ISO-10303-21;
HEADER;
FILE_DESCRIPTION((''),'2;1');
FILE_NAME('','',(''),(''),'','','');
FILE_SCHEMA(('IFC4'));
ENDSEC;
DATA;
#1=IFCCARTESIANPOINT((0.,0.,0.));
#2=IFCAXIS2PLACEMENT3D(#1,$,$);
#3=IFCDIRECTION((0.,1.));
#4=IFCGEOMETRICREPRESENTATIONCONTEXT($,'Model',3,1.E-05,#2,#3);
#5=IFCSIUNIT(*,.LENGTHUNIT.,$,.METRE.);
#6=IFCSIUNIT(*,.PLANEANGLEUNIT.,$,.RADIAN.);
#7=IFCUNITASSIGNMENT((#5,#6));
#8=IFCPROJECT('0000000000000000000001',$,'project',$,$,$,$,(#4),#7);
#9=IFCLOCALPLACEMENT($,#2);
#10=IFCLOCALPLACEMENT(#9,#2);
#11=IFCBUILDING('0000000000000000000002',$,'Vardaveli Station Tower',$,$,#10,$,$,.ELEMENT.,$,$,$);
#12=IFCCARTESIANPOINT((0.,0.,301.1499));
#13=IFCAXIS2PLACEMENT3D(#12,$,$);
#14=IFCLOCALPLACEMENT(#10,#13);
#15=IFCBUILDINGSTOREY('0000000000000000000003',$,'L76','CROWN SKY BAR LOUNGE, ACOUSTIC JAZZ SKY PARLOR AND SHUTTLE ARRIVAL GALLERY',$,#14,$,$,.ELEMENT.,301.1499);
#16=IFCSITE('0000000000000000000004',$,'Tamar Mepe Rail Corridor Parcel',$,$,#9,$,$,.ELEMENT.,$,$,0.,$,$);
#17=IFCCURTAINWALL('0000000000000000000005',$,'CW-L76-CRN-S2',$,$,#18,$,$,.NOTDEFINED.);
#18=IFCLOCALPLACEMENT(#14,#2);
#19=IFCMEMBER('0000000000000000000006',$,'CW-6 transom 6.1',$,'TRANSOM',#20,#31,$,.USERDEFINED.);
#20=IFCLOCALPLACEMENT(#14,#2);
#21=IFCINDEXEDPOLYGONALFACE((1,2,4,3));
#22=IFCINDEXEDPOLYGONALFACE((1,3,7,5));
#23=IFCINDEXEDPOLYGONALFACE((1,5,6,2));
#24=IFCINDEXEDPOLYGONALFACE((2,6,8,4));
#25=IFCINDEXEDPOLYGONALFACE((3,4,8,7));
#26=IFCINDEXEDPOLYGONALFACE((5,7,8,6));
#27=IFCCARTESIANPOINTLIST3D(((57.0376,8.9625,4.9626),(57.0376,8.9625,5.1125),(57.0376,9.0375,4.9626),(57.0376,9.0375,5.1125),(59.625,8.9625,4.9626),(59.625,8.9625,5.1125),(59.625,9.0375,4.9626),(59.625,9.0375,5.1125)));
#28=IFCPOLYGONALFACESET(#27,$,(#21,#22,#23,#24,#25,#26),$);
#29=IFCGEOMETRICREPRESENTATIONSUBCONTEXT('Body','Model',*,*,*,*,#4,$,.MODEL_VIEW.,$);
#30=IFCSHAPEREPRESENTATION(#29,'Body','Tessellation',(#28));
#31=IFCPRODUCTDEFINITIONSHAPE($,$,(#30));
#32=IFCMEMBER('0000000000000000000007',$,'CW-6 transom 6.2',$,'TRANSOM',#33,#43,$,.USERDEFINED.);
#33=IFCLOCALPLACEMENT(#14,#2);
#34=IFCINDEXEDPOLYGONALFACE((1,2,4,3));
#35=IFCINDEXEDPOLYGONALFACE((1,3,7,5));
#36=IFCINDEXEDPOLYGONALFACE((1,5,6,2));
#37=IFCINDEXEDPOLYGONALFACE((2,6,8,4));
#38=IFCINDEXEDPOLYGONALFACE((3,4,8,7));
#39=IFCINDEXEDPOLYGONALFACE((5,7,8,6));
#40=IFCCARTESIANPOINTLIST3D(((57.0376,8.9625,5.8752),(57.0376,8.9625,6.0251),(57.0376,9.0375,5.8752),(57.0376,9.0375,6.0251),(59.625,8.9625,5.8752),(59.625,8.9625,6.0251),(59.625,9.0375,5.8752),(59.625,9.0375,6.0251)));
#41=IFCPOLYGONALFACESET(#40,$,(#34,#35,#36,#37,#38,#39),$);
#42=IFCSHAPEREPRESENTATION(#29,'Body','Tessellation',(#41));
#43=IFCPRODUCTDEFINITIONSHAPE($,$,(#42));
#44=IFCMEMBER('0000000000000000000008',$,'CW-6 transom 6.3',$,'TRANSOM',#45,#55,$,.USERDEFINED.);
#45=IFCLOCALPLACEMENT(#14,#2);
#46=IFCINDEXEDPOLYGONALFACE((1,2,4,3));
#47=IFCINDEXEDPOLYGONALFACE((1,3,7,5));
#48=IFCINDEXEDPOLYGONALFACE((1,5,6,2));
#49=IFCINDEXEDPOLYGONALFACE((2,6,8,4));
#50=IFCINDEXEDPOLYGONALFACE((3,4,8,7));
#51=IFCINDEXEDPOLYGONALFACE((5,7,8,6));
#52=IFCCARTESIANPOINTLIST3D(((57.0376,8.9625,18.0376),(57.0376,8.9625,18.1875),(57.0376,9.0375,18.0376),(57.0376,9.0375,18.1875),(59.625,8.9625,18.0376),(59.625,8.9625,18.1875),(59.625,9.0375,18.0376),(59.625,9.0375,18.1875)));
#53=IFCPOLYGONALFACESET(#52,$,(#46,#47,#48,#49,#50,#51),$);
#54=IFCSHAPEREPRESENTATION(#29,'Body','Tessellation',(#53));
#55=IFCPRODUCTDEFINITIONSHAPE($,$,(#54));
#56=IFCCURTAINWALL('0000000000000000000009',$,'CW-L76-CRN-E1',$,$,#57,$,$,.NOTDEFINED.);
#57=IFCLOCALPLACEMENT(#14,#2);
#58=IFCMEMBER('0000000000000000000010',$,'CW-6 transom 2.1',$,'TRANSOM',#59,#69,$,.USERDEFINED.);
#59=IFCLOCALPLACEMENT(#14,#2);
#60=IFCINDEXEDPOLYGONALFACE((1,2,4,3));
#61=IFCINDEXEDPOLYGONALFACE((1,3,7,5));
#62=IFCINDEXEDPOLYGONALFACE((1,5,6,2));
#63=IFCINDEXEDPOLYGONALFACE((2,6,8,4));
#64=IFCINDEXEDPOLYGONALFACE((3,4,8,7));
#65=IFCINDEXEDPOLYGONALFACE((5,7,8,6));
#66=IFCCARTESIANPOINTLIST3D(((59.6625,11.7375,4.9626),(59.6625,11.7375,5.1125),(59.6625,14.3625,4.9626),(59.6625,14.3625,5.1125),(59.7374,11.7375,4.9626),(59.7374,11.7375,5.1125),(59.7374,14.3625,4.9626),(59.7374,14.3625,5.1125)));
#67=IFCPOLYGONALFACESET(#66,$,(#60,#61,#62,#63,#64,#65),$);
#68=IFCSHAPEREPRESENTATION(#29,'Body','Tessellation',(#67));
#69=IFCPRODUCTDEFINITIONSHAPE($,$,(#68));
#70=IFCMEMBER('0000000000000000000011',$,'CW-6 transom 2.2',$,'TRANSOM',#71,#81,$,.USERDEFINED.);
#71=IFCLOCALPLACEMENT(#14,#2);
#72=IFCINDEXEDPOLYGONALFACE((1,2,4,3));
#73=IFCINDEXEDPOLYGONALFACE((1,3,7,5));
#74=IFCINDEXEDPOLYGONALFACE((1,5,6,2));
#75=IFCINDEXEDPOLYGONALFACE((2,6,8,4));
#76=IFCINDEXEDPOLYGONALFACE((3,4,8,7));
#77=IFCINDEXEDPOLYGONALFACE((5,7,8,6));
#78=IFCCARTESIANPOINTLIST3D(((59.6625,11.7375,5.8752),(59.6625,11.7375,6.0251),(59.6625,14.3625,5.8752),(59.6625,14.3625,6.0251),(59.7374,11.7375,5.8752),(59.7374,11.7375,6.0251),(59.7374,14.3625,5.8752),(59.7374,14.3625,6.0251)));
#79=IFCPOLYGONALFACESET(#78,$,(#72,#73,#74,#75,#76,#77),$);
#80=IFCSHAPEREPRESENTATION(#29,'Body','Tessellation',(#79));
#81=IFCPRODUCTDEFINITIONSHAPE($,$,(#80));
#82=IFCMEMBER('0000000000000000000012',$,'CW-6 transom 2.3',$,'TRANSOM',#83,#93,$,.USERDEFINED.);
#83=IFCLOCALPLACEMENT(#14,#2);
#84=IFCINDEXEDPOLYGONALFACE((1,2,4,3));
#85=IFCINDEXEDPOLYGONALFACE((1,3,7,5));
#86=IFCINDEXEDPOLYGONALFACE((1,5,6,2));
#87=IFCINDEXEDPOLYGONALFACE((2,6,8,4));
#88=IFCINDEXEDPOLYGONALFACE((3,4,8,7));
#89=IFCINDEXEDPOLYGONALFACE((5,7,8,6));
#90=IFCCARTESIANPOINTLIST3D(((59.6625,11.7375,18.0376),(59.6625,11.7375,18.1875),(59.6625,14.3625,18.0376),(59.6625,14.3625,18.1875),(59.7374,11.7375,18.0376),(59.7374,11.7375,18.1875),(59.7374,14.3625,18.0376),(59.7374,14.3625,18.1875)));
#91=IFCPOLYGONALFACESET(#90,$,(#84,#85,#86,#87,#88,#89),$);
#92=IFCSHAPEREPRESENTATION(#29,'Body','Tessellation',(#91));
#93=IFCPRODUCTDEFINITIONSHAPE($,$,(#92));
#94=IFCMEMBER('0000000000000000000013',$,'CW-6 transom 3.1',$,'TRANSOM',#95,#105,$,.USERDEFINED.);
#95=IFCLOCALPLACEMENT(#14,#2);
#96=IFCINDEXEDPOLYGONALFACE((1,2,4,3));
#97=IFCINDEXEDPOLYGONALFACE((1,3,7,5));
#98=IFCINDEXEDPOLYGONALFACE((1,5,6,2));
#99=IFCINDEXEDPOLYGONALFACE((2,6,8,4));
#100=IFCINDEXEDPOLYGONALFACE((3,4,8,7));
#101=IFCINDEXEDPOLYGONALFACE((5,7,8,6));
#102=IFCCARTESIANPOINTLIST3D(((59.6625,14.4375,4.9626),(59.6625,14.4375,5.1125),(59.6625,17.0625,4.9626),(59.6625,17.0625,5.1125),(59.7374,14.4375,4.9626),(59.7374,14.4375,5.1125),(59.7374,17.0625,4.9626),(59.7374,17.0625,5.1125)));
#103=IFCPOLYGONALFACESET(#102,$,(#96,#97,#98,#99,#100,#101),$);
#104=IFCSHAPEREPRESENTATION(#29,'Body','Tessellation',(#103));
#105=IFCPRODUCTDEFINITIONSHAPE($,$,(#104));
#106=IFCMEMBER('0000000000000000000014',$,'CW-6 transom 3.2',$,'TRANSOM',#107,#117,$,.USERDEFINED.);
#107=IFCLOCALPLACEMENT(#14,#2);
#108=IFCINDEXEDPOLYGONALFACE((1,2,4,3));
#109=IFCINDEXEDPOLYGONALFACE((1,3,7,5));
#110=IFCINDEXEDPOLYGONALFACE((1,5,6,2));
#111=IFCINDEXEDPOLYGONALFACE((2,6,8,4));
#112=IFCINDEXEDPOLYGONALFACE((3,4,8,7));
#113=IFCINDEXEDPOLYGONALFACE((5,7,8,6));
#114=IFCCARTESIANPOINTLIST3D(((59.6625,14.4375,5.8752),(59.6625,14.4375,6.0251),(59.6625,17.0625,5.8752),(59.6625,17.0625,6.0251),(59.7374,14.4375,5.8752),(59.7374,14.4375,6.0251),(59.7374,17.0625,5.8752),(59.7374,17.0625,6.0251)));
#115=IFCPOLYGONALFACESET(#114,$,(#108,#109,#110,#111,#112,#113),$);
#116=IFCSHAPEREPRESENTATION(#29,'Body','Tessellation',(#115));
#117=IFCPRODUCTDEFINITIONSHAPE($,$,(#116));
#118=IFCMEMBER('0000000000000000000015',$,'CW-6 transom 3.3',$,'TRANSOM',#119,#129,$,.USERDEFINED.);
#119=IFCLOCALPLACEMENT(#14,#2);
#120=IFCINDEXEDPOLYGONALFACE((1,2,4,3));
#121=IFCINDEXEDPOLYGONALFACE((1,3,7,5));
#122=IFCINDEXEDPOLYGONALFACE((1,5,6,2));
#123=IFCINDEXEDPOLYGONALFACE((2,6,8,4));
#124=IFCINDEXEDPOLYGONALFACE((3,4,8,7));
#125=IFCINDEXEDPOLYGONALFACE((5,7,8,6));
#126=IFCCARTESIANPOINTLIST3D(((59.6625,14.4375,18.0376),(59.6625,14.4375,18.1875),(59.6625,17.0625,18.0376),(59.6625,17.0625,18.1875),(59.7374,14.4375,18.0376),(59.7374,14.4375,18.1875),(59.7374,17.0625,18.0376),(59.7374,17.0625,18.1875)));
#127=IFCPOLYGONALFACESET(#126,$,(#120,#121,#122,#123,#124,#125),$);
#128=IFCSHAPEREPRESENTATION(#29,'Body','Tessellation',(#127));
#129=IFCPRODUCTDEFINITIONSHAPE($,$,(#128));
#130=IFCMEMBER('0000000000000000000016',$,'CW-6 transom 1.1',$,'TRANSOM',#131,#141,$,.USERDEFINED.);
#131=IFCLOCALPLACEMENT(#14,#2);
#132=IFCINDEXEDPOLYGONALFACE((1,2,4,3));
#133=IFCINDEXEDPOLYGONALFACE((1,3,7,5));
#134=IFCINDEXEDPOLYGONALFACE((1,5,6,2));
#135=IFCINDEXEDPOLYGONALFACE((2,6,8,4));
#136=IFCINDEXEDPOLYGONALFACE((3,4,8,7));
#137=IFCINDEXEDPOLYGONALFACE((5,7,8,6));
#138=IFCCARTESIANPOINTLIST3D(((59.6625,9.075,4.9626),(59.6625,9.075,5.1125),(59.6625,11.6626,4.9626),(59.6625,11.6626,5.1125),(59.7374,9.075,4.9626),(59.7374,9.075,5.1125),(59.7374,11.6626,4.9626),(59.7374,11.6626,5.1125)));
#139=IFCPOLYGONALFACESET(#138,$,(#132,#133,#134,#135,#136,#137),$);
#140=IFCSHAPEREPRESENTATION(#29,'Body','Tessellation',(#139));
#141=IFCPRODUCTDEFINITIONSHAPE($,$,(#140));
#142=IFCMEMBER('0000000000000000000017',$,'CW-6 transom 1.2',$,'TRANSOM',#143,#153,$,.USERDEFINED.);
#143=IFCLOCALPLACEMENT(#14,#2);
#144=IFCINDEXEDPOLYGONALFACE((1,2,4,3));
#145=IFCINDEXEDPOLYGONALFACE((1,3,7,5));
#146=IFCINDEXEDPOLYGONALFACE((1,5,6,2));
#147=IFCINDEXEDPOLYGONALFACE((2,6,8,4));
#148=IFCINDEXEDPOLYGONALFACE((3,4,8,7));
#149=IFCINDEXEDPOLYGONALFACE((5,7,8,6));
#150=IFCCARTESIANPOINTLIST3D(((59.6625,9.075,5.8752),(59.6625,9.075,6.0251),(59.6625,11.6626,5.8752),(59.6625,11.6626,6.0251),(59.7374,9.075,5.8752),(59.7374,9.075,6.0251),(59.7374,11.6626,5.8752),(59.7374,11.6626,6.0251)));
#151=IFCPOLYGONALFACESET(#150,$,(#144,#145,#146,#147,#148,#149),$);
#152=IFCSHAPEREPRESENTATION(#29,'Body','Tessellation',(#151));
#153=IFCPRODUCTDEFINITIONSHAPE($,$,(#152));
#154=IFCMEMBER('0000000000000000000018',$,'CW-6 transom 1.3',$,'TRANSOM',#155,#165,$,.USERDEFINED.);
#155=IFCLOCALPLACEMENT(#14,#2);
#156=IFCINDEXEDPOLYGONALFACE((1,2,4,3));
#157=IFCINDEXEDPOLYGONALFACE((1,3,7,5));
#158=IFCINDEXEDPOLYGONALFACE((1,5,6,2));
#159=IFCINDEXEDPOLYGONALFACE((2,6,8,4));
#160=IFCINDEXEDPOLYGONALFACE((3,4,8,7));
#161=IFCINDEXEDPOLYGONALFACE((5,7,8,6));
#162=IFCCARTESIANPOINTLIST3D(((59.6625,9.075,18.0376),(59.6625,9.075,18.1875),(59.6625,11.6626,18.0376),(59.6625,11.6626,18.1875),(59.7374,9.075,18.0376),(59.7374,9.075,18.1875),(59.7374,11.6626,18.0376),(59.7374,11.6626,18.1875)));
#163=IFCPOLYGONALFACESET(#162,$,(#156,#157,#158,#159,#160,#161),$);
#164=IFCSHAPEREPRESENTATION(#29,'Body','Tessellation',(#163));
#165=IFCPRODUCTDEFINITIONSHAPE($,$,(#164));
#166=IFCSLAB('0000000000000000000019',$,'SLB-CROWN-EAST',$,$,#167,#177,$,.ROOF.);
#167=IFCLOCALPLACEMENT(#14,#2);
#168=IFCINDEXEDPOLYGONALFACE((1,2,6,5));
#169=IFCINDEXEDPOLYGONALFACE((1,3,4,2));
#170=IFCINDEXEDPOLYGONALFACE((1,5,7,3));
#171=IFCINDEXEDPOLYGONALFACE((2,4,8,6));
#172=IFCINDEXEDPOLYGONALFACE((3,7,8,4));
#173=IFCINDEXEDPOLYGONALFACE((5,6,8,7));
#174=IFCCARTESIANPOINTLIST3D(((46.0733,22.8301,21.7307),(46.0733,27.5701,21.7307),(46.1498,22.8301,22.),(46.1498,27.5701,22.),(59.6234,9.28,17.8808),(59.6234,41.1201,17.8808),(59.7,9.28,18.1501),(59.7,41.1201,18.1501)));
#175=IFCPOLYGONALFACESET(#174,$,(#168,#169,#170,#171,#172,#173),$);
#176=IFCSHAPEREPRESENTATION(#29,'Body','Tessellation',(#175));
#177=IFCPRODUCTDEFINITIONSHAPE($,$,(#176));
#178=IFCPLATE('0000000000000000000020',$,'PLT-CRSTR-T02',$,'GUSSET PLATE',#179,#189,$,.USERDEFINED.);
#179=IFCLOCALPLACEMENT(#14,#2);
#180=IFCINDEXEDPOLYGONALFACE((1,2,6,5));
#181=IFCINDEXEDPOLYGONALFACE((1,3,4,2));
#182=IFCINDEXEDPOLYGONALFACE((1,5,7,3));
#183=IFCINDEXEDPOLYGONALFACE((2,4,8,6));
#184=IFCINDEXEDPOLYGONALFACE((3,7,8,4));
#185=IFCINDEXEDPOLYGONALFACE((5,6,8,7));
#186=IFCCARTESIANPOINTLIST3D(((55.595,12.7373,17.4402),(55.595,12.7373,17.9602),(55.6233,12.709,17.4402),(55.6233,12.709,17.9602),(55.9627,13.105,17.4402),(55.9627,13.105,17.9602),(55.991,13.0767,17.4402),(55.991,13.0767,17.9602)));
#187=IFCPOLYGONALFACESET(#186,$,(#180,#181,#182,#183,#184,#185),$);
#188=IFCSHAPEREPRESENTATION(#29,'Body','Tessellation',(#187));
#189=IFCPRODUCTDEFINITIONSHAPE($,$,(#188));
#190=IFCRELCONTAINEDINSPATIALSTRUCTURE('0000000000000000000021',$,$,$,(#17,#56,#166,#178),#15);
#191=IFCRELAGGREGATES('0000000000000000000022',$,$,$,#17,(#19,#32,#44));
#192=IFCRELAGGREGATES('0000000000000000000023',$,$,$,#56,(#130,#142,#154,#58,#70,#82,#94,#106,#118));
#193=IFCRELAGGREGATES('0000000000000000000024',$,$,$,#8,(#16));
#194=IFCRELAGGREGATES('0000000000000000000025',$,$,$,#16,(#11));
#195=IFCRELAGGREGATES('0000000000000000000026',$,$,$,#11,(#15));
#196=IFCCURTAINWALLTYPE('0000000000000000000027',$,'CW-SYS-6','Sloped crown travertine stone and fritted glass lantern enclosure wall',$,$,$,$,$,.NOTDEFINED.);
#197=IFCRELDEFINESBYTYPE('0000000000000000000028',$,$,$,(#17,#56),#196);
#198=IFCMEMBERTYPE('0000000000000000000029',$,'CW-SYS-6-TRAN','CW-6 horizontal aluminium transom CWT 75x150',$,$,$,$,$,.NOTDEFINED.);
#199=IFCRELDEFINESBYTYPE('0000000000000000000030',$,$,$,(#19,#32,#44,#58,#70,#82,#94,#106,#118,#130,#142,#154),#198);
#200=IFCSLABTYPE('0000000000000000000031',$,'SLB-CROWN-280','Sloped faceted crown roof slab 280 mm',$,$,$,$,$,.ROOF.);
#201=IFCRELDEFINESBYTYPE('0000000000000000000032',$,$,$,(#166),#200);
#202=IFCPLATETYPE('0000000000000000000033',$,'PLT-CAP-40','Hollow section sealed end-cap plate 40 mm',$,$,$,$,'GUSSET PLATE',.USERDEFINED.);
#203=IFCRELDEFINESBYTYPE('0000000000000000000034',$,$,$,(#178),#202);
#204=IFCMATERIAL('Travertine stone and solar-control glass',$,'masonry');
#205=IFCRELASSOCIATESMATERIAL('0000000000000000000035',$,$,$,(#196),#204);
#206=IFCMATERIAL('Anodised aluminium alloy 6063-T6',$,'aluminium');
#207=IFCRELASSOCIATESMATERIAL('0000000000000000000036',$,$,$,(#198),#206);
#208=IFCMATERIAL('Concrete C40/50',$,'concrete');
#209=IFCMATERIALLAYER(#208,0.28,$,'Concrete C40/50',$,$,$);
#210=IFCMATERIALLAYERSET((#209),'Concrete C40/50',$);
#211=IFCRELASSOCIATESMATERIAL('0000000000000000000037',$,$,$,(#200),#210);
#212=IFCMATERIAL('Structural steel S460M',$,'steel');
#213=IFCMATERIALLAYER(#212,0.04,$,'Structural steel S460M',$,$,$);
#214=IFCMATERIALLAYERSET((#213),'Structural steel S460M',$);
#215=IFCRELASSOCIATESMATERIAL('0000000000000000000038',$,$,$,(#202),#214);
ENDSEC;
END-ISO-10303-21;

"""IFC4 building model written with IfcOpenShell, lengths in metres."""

from ifc_helpers import new_model, si_unit, direction, frame, origin, origin_2d, place, context, subcontext, project, spatial, polyline, rectangle, outline, extrude, source, transform, mapped, material, layer, layer_set, material_profile, profile_set, type_object, element, aggregate, save


model = new_model("IFC4")

# Units and contexts
model_context = context("Model", 3, precision=1e-05, world=origin(), true_north=direction((0.0, 1.0)))
body_context = subcontext(model_context, "Body", "Model", "MODEL_VIEW")
ifc_project = project(units=[si_unit("LENGTHUNIT", "METRE"), si_unit("PLANEANGLEUNIT", "RADIAN")], contexts=[model_context])

# Site, building, storey
site_placement = place(None, origin())
site = spatial("IfcSite", under=ifc_project, at=site_placement, Name="Tamar Mepe Rail Corridor Parcel", CompositionType="ELEMENT", RefElevation=0.0)
building_placement = place(site_placement, origin())
building = spatial("IfcBuilding", under=site, at=building_placement, Name="Vardaveli Station Tower", CompositionType="ELEMENT")
storey_placement = place(building_placement, frame((0.0, 0.0, 301.1499)))
storey = spatial("IfcBuildingStorey", under=building, at=storey_placement, Name="L76", Description="CROWN SKY BAR LOUNGE, ACOUSTIC JAZZ SKY PARLOR AND SHUTTLE ARRIVAL GALLERY", CompositionType="ELEMENT", Elevation=301.1499)

# Curtain walls, members
ifc_material_1 = material(Name="Travertine stone and solar-control glass", Category="masonry")
curtain_wall_type = type_object("IfcCurtainWallType", Name="CW-SYS-6", Description="Sloped crown travertine stone and fritted glass lantern enclosure wall", PredefinedType="NOTDEFINED", material=ifc_material_1)
curtain_wall_1_placement = place(storey_placement, origin())
curtain_wall_1 = element("IfcCurtainWall", 1, at=curtain_wall_1_placement, inside=storey, type_object=curtain_wall_type, Name="CW-L76-CRN-S2", PredefinedType="NOTDEFINED")
ifc_material_2 = material(Name="Anodised aluminium alloy 6063-T6", Category="aluminium")
ifc_material_profile = material_profile(ifc_material_2, rectangle(XDim=0.075, YDim=0.1499, at=origin_2d()), Name="CWT 75x150")
ifc_profile_set = profile_set([ifc_material_profile], Name="Anodised aluminium alloy 6063-T6")
member_type = type_object("IfcMemberType", Name="CW-SYS-6-TRAN", Description="CW-6 horizontal aluminium transom CWT 75x150", PredefinedType="NOTDEFINED", material=ifc_profile_set)
shared_shape_1 = source(origin(), body_context, "Body", "SweptSolid", [
    extrude(rectangle(XDim=0.075, YDim=0.1499, at=origin_2d()), origin(), (0.0, 0.0, 1.0), 2.5874),
])
member_1_placement = place(storey_placement, frame((57.0376, 9.0, 5.0376), z_axis=(1.0, 0.0, 0.0), x_axis=(0.0, 1.0, 0.0)))
member_1 = element("IfcMember", 2, at=member_1_placement, type_object=member_type, Name="CW-6 transom 6.1", ObjectType="TRANSOM", PredefinedType="USERDEFINED", context=body_context, shape_type="MappedRepresentation", body=[
    mapped(shared_shape_1, transform((0.0, 0.0, 0.0), scale=1.0)),
])
member_2_placement = place(storey_placement, frame((57.0376, 9.0, 5.9502), z_axis=(1.0, 0.0, 0.0), x_axis=(0.0, 1.0, 0.0)))
member_2 = element("IfcMember", 3, at=member_2_placement, type_object=member_type, Name="CW-6 transom 6.2", ObjectType="TRANSOM", PredefinedType="USERDEFINED", context=body_context, shape_type="MappedRepresentation", body=[
    mapped(shared_shape_1, transform((0.0, 0.0, 0.0), scale=1.0)),
])
member_3_placement = place(storey_placement, frame((57.0376, 9.0, 18.1125), z_axis=(1.0, 0.0, 0.0), x_axis=(0.0, 1.0, 0.0)))
member_3 = element("IfcMember", 4, at=member_3_placement, type_object=member_type, Name="CW-6 transom 6.3", ObjectType="TRANSOM", PredefinedType="USERDEFINED", context=body_context, shape_type="MappedRepresentation", body=[
    mapped(shared_shape_1, transform((0.0, 0.0, 0.0), scale=1.0)),
])
curtain_wall_2_placement = place(storey_placement, origin())
curtain_wall_2 = element("IfcCurtainWall", 5, at=curtain_wall_2_placement, inside=storey, type_object=curtain_wall_type, Name="CW-L76-CRN-E1", PredefinedType="NOTDEFINED")
shared_shape_2 = source(origin(), body_context, "Body", "SweptSolid", [
    extrude(rectangle(XDim=0.075, YDim=0.1499, at=origin_2d()), origin(), (0.0, 0.0, 1.0), 2.625),
])
member_4_placement = place(storey_placement, frame((59.7, 11.7375, 5.0376), z_axis=(0.0, 1.0, 0.0), x_axis=(-1.0, 0.0, 0.0)))
member_4 = element("IfcMember", 6, at=member_4_placement, type_object=member_type, Name="CW-6 transom 2.1", ObjectType="TRANSOM", PredefinedType="USERDEFINED", context=body_context, shape_type="MappedRepresentation", body=[
    mapped(shared_shape_2, transform((0.0, 0.0, 0.0), scale=1.0)),
])
member_5_placement = place(storey_placement, frame((59.7, 11.7375, 5.9502), z_axis=(0.0, 1.0, 0.0), x_axis=(-1.0, 0.0, 0.0)))
member_5 = element("IfcMember", 7, at=member_5_placement, type_object=member_type, Name="CW-6 transom 2.2", ObjectType="TRANSOM", PredefinedType="USERDEFINED", context=body_context, shape_type="MappedRepresentation", body=[
    mapped(shared_shape_2, transform((0.0, 0.0, 0.0), scale=1.0)),
])
member_6_placement = place(storey_placement, frame((59.7, 11.7375, 18.1125), z_axis=(0.0, 1.0, 0.0), x_axis=(-1.0, 0.0, 0.0)))
member_6 = element("IfcMember", 8, at=member_6_placement, type_object=member_type, Name="CW-6 transom 2.3", ObjectType="TRANSOM", PredefinedType="USERDEFINED", context=body_context, shape_type="MappedRepresentation", body=[
    mapped(shared_shape_2, transform((0.0, 0.0, 0.0), scale=1.0)),
])
member_7_placement = place(storey_placement, frame((59.7, 14.4375, 5.0376), z_axis=(0.0, 1.0, 0.0), x_axis=(-1.0, 0.0, 0.0)))
member_7 = element("IfcMember", 9, at=member_7_placement, type_object=member_type, Name="CW-6 transom 3.1", ObjectType="TRANSOM", PredefinedType="USERDEFINED", context=body_context, shape_type="MappedRepresentation", body=[
    mapped(shared_shape_2, transform((0.0, 0.0, 0.0), scale=1.0)),
])
member_8_placement = place(storey_placement, frame((59.7, 14.4375, 5.9502), z_axis=(0.0, 1.0, 0.0), x_axis=(-1.0, 0.0, 0.0)))
member_8 = element("IfcMember", 10, at=member_8_placement, type_object=member_type, Name="CW-6 transom 3.2", ObjectType="TRANSOM", PredefinedType="USERDEFINED", context=body_context, shape_type="MappedRepresentation", body=[
    mapped(shared_shape_2, transform((0.0, 0.0, 0.0), scale=1.0)),
])
member_9_placement = place(storey_placement, frame((59.7, 14.4375, 18.1125), z_axis=(0.0, 1.0, 0.0), x_axis=(-1.0, 0.0, 0.0)))
member_9 = element("IfcMember", 11, at=member_9_placement, type_object=member_type, Name="CW-6 transom 3.3", ObjectType="TRANSOM", PredefinedType="USERDEFINED", context=body_context, shape_type="MappedRepresentation", body=[
    mapped(shared_shape_2, transform((0.0, 0.0, 0.0), scale=1.0)),
])
shared_shape_3 = source(origin(), body_context, "Body", "SweptSolid", [
    extrude(rectangle(XDim=0.075, YDim=0.1499, at=origin_2d()), origin(), (0.0, 0.0, 1.0), 2.5876),
])
member_10_placement = place(storey_placement, frame((59.7, 9.075, 5.0376), z_axis=(0.0, 1.0, 0.0), x_axis=(-1.0, 0.0, 0.0)))
member_10 = element("IfcMember", 12, at=member_10_placement, type_object=member_type, Name="CW-6 transom 1.1", ObjectType="TRANSOM", PredefinedType="USERDEFINED", context=body_context, shape_type="MappedRepresentation", body=[
    mapped(shared_shape_3, transform((0.0, 0.0, 0.0), scale=1.0)),
])
member_11_placement = place(storey_placement, frame((59.7, 9.075, 5.9502), z_axis=(0.0, 1.0, 0.0), x_axis=(-1.0, 0.0, 0.0)))
member_11 = element("IfcMember", 13, at=member_11_placement, type_object=member_type, Name="CW-6 transom 1.2", ObjectType="TRANSOM", PredefinedType="USERDEFINED", context=body_context, shape_type="MappedRepresentation", body=[
    mapped(shared_shape_3, transform((0.0, 0.0, 0.0), scale=1.0)),
])
member_12_placement = place(storey_placement, frame((59.7, 9.075, 18.1125), z_axis=(0.0, 1.0, 0.0), x_axis=(-1.0, 0.0, 0.0)))
member_12 = element("IfcMember", 14, at=member_12_placement, type_object=member_type, Name="CW-6 transom 1.3", ObjectType="TRANSOM", PredefinedType="USERDEFINED", context=body_context, shape_type="MappedRepresentation", body=[
    mapped(shared_shape_3, transform((0.0, 0.0, 0.0), scale=1.0)),
])

# Slab
ifc_material_3 = material(Name="Concrete C40/50", Category="concrete")
ifc_layer_1 = layer(ifc_material_3, 0.28, Name="Concrete C40/50")
ifc_layer_set_1 = layer_set([ifc_layer_1], Name="Concrete C40/50")
slab_type = type_object("IfcSlabType", Name="SLB-CROWN-280", Description="Sloped faceted crown roof slab 280 mm", PredefinedType="ROOF", material=ifc_layer_set_1)
slab_placement = place(storey_placement, frame((59.7, 9.28, 18.1501), z_axis=(0.273304, 0.0, 0.961928), x_axis=(0.0, 1.0, 0.0)))
element("IfcSlab", 15, at=slab_placement, inside=storey, type_object=slab_type, Name="SLB-CROWN-EAST", PredefinedType="ROOF", context=body_context, shape_type="SweptSolid", body=[
    extrude(outline(polyline([(0.0, 0.0), (31.8401, 0.0), (18.29, 14.0864), (13.55, 14.0864), (0.0, 0.0)])), origin(), (0.0, 0.0, -1.0), 0.28),
])

# Plate
ifc_material_4 = material(Name="Structural steel S460M", Category="steel")
ifc_layer_2 = layer(ifc_material_4, 0.04, Name="Structural steel S460M")
ifc_layer_set_2 = layer_set([ifc_layer_2], Name="Structural steel S460M")
plate_type_1 = type_object("IfcPlateType", Name="PLT-CAP-40", Description="Hollow section sealed end-cap plate 40 mm", ElementType="GUSSET PLATE", PredefinedType="USERDEFINED", material=ifc_layer_set_2)
shared_shape_4 = source(origin(), body_context, "Body", "SweptSolid", [
    extrude(rectangle(XDim=0.52, YDim=0.04, at=origin_2d()), origin(), (0.0, 0.0, 1.0), 0.52),
])
plate_1_placement = place(storey_placement, frame((55.793, 12.907, 17.4402), z_axis=(0.0, 0.0, 1.0), x_axis=(0.707107, 0.707107, 0.0)))
element("IfcPlate", 16, at=plate_1_placement, inside=storey, type_object=plate_type_1, Name="PLT-CRSTR-T02", ObjectType="GUSSET PLATE", PredefinedType="USERDEFINED", context=body_context, shape_type="MappedRepresentation", body=[
    mapped(shared_shape_4, transform((0.0, 0.0, 0.0), scale=1.0)),
])
aggregate(curtain_wall_1, [member_1, member_2, member_3])
aggregate(curtain_wall_2, [member_10, member_11, member_12, member_4, member_5, member_6, member_7, member_8, member_9])

save(model, "model.ifc")
